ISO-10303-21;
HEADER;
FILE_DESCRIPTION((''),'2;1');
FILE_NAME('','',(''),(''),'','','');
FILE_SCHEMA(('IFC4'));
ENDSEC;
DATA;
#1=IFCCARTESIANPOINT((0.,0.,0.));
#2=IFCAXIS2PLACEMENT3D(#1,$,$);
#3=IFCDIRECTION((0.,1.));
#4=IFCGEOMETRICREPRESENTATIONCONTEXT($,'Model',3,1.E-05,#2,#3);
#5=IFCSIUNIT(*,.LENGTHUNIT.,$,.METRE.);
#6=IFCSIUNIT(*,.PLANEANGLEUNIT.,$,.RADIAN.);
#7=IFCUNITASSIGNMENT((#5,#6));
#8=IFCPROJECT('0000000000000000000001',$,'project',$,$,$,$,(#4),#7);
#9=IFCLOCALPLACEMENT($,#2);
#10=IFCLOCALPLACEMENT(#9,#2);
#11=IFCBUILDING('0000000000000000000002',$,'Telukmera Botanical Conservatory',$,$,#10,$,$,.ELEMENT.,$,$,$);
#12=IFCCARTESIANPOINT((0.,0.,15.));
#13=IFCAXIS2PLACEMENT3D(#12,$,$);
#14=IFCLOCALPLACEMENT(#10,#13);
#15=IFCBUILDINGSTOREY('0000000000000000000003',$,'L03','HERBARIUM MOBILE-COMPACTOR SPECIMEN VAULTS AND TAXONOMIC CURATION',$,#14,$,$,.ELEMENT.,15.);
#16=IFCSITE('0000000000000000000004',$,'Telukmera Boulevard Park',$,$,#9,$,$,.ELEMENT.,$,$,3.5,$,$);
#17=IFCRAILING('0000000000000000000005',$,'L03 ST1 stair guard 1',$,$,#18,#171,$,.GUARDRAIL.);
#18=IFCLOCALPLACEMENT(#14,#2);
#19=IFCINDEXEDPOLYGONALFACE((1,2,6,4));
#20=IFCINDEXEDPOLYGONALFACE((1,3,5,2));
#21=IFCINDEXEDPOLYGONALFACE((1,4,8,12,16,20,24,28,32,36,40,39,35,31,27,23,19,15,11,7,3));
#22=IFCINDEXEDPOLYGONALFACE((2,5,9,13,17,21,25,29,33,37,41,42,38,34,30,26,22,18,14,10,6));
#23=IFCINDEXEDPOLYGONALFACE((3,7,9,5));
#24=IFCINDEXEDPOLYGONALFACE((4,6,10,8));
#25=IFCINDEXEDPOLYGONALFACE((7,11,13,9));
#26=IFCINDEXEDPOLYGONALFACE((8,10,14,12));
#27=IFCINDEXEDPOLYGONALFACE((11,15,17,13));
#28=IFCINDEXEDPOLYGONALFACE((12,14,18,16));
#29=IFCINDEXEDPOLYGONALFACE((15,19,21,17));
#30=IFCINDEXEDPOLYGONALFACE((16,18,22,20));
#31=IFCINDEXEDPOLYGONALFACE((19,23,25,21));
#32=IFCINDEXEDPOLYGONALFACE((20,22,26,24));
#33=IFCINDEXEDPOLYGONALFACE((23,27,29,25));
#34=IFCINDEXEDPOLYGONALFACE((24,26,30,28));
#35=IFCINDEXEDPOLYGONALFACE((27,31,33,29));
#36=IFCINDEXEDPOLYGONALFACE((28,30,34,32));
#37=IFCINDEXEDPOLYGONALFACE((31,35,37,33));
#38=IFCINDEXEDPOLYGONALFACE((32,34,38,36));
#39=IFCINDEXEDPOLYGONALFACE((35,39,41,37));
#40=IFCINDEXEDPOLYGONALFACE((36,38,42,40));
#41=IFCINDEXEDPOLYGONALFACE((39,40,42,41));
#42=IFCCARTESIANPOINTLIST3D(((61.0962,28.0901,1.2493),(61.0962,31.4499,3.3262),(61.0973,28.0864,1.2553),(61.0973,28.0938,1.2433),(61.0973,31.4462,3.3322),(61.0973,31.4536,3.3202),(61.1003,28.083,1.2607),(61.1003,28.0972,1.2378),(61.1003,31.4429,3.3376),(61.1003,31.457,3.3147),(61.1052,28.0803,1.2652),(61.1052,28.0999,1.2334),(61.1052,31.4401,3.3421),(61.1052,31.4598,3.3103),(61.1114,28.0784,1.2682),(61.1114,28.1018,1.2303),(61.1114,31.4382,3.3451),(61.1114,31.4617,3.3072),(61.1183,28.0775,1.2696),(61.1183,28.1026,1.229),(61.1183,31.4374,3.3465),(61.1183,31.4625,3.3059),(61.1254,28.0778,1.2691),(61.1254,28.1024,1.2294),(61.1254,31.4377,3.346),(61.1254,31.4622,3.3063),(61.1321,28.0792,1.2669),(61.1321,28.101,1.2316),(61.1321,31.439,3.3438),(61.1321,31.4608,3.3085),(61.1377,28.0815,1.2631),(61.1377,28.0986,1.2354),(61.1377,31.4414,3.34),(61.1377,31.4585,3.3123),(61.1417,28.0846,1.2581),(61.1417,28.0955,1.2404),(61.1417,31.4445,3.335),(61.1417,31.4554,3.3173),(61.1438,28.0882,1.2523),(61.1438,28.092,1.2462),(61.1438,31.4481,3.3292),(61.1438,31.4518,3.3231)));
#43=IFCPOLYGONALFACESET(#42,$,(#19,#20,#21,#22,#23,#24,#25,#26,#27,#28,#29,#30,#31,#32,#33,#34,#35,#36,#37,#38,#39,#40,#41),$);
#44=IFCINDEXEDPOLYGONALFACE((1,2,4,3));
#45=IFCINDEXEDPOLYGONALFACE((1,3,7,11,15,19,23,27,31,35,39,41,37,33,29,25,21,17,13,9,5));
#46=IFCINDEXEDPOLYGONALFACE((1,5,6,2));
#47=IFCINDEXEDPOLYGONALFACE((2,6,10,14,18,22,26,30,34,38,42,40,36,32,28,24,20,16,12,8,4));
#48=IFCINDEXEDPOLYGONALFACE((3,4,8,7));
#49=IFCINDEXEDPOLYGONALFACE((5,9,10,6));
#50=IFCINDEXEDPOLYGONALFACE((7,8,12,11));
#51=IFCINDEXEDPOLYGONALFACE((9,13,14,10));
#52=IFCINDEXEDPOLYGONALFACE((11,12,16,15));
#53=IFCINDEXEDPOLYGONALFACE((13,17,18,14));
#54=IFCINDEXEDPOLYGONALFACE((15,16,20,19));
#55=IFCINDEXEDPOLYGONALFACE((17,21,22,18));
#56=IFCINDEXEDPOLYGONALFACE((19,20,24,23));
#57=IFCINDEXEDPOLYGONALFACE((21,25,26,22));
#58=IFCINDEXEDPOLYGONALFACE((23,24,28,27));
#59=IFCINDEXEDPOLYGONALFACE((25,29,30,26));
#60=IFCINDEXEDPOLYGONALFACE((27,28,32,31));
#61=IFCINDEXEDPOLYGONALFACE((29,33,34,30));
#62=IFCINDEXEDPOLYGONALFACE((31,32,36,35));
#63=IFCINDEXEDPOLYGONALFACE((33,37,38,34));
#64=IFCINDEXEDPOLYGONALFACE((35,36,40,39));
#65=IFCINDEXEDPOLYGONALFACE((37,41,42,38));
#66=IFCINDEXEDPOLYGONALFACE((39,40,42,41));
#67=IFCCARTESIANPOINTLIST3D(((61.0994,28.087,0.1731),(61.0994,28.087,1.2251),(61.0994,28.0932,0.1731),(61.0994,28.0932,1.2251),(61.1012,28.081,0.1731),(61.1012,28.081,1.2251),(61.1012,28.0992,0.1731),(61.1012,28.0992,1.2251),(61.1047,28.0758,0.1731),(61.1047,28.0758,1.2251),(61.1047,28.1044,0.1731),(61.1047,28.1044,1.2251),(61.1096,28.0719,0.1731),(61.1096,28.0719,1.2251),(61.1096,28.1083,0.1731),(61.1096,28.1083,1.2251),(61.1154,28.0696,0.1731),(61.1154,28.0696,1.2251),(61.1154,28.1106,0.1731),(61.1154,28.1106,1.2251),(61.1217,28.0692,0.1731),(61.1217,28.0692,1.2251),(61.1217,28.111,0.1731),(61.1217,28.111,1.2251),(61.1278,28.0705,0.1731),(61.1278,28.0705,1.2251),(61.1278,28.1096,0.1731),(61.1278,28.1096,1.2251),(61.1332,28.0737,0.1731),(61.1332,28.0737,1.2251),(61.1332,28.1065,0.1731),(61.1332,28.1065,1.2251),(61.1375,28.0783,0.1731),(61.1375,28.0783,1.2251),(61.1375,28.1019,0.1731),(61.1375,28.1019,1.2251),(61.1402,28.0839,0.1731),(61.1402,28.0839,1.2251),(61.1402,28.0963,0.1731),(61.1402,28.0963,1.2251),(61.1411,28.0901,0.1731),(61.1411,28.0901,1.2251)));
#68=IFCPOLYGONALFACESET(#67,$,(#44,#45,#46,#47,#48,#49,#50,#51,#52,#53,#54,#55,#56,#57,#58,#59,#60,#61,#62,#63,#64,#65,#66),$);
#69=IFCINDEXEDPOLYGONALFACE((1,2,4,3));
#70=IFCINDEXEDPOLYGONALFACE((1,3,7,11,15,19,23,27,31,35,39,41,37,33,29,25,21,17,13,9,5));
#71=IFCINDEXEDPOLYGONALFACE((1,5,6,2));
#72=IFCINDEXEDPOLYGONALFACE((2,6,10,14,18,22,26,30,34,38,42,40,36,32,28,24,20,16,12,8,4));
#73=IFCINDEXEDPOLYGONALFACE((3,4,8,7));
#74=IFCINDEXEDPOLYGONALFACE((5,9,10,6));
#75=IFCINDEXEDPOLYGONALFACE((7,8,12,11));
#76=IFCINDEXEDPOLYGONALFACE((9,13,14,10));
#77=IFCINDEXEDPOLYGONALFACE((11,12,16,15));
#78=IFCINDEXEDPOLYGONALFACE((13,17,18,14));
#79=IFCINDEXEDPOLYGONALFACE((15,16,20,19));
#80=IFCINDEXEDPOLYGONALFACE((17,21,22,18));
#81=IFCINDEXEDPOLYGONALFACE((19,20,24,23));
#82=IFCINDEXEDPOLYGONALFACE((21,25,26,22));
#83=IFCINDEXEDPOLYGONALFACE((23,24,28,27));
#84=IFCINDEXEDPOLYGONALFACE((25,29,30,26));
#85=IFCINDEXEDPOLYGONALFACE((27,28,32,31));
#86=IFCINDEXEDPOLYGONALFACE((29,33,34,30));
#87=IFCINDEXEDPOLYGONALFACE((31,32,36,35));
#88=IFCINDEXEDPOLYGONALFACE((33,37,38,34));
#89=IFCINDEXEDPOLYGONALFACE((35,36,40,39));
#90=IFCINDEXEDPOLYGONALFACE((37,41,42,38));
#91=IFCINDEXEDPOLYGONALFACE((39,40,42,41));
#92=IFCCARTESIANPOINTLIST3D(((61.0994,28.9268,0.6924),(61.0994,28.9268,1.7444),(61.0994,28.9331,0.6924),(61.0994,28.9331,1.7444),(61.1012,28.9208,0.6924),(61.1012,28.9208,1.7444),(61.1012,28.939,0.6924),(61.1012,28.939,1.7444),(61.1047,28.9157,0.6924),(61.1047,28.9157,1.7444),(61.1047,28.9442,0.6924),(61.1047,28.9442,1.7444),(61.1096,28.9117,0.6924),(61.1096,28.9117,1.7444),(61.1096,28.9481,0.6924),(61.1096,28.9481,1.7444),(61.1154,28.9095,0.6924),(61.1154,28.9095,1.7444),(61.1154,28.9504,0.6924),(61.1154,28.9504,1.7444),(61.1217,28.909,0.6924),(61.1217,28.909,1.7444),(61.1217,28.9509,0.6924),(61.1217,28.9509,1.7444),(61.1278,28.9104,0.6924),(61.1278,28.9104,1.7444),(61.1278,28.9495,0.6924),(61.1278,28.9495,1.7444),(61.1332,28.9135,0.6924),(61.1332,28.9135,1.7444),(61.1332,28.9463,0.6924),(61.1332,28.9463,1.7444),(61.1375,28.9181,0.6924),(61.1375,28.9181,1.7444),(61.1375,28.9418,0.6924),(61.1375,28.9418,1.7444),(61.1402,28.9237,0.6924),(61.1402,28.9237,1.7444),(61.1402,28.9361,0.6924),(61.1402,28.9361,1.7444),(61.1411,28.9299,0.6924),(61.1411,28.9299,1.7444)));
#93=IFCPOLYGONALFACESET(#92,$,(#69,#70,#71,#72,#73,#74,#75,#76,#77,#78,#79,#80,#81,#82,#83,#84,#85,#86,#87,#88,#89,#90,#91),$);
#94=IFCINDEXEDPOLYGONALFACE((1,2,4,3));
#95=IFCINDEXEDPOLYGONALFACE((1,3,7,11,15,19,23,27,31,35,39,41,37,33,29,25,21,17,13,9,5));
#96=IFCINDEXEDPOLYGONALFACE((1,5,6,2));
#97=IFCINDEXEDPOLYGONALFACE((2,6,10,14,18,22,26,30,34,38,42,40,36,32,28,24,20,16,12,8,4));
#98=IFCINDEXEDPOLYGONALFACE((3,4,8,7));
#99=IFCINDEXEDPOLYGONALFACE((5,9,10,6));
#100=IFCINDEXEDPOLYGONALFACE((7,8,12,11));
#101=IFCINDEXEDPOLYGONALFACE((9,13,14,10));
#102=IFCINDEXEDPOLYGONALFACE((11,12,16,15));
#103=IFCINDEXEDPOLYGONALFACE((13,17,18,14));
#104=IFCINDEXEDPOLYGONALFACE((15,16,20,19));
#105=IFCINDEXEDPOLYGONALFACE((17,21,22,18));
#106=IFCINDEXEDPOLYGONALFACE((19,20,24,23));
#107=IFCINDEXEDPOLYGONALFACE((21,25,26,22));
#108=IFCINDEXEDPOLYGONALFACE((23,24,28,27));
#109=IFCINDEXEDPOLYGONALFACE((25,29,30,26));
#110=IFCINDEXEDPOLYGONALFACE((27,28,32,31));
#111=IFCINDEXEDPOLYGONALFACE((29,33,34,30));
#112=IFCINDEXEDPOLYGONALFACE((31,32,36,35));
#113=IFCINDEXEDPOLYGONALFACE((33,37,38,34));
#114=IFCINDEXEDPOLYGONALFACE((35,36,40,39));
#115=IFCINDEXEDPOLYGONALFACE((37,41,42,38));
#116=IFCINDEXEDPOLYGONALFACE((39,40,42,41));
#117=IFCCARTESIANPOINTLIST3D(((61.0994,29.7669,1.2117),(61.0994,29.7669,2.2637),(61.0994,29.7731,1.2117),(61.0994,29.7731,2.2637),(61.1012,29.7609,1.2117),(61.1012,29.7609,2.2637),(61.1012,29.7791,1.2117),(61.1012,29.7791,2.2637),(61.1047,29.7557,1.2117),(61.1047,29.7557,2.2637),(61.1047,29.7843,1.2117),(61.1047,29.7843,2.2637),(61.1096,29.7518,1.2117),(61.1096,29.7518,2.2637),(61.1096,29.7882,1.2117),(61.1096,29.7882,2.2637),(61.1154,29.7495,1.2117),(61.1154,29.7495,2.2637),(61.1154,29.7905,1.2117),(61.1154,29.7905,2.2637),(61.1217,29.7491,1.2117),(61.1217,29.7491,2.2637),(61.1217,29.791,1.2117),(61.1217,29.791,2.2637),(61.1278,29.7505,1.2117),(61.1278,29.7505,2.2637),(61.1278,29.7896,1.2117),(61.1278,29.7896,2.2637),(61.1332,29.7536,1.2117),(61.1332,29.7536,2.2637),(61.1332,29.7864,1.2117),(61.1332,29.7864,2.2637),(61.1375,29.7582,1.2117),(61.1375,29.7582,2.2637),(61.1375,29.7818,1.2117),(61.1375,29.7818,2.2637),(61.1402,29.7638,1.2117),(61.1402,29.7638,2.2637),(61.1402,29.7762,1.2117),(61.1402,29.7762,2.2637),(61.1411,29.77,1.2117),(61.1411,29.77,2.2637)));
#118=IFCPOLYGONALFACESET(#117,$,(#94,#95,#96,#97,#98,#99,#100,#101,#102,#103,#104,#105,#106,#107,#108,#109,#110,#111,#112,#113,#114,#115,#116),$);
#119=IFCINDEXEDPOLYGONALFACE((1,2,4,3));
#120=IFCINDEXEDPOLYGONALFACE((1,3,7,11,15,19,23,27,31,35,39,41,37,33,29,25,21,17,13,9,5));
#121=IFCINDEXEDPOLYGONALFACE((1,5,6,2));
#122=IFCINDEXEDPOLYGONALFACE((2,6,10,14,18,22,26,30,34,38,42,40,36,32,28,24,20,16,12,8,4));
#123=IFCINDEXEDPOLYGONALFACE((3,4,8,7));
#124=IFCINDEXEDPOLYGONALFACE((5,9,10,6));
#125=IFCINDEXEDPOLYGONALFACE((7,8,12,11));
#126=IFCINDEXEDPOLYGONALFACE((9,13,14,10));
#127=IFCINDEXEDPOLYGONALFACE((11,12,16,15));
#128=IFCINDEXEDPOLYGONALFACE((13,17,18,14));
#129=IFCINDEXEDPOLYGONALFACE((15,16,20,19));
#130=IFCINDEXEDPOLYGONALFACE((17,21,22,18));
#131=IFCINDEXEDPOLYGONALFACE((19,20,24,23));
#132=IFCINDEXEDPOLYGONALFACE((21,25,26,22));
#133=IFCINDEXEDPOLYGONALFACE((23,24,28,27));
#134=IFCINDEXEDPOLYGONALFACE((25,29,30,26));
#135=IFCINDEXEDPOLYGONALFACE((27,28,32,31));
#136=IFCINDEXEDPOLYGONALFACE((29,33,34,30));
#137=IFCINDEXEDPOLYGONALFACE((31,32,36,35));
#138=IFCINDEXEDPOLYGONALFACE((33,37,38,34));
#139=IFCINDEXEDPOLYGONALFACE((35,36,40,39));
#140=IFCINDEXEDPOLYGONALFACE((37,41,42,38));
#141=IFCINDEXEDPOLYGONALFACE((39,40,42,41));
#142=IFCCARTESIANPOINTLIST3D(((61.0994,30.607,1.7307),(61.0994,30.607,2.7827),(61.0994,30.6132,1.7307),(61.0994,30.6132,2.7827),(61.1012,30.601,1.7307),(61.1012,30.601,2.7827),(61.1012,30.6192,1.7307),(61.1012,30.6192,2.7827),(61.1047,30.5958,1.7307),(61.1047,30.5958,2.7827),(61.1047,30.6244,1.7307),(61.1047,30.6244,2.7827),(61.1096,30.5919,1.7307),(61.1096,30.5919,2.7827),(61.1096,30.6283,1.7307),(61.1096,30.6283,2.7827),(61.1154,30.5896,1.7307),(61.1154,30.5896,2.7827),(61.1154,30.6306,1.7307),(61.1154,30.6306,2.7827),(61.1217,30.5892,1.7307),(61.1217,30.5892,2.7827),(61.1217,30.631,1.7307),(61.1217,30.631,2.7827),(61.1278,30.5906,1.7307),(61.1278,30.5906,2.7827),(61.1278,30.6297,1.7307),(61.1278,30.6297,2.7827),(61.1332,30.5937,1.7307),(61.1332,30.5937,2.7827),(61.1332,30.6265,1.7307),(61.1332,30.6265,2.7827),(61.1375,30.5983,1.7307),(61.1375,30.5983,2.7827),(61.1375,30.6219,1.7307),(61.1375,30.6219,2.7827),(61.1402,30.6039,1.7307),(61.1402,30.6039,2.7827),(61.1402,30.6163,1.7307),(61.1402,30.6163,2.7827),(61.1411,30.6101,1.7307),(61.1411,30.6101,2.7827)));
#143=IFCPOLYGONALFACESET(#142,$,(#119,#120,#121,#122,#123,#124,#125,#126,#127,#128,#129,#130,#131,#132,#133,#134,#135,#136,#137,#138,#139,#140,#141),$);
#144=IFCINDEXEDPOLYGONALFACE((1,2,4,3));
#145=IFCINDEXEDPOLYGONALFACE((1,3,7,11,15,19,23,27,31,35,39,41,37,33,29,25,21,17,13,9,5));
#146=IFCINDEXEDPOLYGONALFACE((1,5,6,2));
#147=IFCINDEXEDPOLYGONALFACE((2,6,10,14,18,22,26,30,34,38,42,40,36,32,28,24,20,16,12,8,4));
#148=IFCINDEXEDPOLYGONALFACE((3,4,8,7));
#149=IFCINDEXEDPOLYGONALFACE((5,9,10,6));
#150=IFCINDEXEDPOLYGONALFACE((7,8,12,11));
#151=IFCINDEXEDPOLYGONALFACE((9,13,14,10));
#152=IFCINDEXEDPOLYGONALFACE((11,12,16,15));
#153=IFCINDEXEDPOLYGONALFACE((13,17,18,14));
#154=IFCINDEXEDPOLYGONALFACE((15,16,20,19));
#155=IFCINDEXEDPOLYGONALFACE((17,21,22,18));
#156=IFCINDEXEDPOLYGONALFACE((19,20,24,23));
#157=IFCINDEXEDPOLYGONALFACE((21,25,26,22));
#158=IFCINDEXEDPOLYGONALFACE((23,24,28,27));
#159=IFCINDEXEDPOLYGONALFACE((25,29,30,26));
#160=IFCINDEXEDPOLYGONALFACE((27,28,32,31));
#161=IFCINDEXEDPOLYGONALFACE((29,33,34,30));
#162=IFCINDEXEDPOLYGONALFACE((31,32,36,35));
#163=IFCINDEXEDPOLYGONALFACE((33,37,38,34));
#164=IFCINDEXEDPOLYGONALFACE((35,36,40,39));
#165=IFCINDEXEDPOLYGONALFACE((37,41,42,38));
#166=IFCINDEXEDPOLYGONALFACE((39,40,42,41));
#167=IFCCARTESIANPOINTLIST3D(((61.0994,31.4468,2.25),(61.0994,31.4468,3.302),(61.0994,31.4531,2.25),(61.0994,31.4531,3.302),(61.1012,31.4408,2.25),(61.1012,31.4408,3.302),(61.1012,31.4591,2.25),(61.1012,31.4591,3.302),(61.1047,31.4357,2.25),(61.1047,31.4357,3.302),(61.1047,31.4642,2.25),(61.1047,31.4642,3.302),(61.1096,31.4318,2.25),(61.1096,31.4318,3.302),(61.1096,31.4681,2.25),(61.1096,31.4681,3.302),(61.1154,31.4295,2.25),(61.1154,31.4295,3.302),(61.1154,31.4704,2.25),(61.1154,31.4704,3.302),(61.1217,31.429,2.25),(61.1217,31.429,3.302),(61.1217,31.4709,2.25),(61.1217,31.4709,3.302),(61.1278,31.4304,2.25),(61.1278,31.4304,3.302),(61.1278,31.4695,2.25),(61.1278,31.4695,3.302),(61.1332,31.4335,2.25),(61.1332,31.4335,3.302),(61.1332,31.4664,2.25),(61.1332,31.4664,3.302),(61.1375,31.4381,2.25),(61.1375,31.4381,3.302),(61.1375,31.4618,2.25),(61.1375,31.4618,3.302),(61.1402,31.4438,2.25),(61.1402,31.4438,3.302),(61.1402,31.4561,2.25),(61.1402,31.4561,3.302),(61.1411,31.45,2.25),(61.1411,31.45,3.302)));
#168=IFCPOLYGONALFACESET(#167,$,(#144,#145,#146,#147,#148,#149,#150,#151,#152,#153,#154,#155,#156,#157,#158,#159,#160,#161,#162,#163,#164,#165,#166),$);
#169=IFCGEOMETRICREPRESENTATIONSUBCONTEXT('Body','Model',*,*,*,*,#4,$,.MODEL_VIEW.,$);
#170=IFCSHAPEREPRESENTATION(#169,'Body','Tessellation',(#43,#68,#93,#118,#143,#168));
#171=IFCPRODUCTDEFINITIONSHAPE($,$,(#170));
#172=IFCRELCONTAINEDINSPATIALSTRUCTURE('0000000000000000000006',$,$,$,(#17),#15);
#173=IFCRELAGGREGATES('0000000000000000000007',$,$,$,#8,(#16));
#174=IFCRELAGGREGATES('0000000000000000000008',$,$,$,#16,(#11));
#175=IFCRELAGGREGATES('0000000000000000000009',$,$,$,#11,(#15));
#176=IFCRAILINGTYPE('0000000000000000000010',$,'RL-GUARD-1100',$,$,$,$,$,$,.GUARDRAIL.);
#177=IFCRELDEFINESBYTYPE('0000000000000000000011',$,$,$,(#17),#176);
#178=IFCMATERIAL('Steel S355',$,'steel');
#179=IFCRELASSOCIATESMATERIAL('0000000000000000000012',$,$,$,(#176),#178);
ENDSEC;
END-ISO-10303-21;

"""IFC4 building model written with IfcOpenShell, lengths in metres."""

from ifc_helpers import new_model, si_unit, direction, frame, origin, origin_2d, place, context, subcontext, project, spatial, circle, extrude, material, type_object, element, save


model = new_model("IFC4")

# Units and contexts
model_context = context("Model", 3, precision=1e-05, world=origin(), true_north=direction((0.0, 1.0)))
body_context = subcontext(model_context, "Body", "Model", "MODEL_VIEW")
ifc_project = project(units=[si_unit("LENGTHUNIT", "METRE"), si_unit("PLANEANGLEUNIT", "RADIAN")], contexts=[model_context])

# Site, building, storey
site_placement = place(None, origin())
site = spatial("IfcSite", under=ifc_project, at=site_placement, Name="Telukmera Boulevard Park", CompositionType="ELEMENT", RefElevation=3.5)
building_placement = place(site_placement, origin())
building = spatial("IfcBuilding", under=site, at=building_placement, Name="Telukmera Botanical Conservatory", CompositionType="ELEMENT")
storey_placement = place(building_placement, frame((0.0, 0.0, 15.0)))
storey = spatial("IfcBuildingStorey", under=building, at=storey_placement, Name="L03", Description="HERBARIUM MOBILE-COMPACTOR SPECIMEN VAULTS AND TAXONOMIC CURATION", CompositionType="ELEMENT", Elevation=15.0)

# Railing
ifc_material_1 = material(Name="Steel S355", Category="steel")
railing_type_1 = type_object("IfcRailingType", Name="RL-GUARD-1100", PredefinedType="GUARDRAIL", material=ifc_material_1)
railing_1_placement = place(storey_placement, frame((61.1201, 28.0901, 0.1731)))
element("IfcRailing", 1, at=railing_1_placement, inside=storey, type_object=railing_type_1, Name="L03 ST1 stair guard 1", PredefinedType="GUARDRAIL", context=body_context, shape_type="SweptSolid", body=[
    extrude(circle(Radius=0.0239, at=origin_2d()), frame((0.0, 0.0, 1.0762), z_axis=(0.0, 0.850606, 0.525803), x_axis=(-1.0, 0.0, 0.0)), (0.0, 0.0, 1.0), 3.95),
    extrude(circle(Radius=0.021, at=origin_2d()), origin(), (0.0, 0.0, 1.0), 1.052),
    extrude(circle(Radius=0.021, at=origin_2d()), frame((0.0, 0.8398, 0.5193)), (0.0, 0.0, 1.0), 1.052),
    extrude(circle(Radius=0.021, at=origin_2d()), frame((0.0, 1.6799, 1.0386)), (0.0, 0.0, 1.0), 1.052),
    extrude(circle(Radius=0.021, at=origin_2d()), frame((0.0, 2.52, 1.5576)), (0.0, 0.0, 1.0), 1.052),
    extrude(circle(Radius=0.021, at=origin_2d()), frame((0.0, 3.3599, 2.0769)), (0.0, 0.0, 1.0), 1.052),
])

save(model, "model.ifc")
